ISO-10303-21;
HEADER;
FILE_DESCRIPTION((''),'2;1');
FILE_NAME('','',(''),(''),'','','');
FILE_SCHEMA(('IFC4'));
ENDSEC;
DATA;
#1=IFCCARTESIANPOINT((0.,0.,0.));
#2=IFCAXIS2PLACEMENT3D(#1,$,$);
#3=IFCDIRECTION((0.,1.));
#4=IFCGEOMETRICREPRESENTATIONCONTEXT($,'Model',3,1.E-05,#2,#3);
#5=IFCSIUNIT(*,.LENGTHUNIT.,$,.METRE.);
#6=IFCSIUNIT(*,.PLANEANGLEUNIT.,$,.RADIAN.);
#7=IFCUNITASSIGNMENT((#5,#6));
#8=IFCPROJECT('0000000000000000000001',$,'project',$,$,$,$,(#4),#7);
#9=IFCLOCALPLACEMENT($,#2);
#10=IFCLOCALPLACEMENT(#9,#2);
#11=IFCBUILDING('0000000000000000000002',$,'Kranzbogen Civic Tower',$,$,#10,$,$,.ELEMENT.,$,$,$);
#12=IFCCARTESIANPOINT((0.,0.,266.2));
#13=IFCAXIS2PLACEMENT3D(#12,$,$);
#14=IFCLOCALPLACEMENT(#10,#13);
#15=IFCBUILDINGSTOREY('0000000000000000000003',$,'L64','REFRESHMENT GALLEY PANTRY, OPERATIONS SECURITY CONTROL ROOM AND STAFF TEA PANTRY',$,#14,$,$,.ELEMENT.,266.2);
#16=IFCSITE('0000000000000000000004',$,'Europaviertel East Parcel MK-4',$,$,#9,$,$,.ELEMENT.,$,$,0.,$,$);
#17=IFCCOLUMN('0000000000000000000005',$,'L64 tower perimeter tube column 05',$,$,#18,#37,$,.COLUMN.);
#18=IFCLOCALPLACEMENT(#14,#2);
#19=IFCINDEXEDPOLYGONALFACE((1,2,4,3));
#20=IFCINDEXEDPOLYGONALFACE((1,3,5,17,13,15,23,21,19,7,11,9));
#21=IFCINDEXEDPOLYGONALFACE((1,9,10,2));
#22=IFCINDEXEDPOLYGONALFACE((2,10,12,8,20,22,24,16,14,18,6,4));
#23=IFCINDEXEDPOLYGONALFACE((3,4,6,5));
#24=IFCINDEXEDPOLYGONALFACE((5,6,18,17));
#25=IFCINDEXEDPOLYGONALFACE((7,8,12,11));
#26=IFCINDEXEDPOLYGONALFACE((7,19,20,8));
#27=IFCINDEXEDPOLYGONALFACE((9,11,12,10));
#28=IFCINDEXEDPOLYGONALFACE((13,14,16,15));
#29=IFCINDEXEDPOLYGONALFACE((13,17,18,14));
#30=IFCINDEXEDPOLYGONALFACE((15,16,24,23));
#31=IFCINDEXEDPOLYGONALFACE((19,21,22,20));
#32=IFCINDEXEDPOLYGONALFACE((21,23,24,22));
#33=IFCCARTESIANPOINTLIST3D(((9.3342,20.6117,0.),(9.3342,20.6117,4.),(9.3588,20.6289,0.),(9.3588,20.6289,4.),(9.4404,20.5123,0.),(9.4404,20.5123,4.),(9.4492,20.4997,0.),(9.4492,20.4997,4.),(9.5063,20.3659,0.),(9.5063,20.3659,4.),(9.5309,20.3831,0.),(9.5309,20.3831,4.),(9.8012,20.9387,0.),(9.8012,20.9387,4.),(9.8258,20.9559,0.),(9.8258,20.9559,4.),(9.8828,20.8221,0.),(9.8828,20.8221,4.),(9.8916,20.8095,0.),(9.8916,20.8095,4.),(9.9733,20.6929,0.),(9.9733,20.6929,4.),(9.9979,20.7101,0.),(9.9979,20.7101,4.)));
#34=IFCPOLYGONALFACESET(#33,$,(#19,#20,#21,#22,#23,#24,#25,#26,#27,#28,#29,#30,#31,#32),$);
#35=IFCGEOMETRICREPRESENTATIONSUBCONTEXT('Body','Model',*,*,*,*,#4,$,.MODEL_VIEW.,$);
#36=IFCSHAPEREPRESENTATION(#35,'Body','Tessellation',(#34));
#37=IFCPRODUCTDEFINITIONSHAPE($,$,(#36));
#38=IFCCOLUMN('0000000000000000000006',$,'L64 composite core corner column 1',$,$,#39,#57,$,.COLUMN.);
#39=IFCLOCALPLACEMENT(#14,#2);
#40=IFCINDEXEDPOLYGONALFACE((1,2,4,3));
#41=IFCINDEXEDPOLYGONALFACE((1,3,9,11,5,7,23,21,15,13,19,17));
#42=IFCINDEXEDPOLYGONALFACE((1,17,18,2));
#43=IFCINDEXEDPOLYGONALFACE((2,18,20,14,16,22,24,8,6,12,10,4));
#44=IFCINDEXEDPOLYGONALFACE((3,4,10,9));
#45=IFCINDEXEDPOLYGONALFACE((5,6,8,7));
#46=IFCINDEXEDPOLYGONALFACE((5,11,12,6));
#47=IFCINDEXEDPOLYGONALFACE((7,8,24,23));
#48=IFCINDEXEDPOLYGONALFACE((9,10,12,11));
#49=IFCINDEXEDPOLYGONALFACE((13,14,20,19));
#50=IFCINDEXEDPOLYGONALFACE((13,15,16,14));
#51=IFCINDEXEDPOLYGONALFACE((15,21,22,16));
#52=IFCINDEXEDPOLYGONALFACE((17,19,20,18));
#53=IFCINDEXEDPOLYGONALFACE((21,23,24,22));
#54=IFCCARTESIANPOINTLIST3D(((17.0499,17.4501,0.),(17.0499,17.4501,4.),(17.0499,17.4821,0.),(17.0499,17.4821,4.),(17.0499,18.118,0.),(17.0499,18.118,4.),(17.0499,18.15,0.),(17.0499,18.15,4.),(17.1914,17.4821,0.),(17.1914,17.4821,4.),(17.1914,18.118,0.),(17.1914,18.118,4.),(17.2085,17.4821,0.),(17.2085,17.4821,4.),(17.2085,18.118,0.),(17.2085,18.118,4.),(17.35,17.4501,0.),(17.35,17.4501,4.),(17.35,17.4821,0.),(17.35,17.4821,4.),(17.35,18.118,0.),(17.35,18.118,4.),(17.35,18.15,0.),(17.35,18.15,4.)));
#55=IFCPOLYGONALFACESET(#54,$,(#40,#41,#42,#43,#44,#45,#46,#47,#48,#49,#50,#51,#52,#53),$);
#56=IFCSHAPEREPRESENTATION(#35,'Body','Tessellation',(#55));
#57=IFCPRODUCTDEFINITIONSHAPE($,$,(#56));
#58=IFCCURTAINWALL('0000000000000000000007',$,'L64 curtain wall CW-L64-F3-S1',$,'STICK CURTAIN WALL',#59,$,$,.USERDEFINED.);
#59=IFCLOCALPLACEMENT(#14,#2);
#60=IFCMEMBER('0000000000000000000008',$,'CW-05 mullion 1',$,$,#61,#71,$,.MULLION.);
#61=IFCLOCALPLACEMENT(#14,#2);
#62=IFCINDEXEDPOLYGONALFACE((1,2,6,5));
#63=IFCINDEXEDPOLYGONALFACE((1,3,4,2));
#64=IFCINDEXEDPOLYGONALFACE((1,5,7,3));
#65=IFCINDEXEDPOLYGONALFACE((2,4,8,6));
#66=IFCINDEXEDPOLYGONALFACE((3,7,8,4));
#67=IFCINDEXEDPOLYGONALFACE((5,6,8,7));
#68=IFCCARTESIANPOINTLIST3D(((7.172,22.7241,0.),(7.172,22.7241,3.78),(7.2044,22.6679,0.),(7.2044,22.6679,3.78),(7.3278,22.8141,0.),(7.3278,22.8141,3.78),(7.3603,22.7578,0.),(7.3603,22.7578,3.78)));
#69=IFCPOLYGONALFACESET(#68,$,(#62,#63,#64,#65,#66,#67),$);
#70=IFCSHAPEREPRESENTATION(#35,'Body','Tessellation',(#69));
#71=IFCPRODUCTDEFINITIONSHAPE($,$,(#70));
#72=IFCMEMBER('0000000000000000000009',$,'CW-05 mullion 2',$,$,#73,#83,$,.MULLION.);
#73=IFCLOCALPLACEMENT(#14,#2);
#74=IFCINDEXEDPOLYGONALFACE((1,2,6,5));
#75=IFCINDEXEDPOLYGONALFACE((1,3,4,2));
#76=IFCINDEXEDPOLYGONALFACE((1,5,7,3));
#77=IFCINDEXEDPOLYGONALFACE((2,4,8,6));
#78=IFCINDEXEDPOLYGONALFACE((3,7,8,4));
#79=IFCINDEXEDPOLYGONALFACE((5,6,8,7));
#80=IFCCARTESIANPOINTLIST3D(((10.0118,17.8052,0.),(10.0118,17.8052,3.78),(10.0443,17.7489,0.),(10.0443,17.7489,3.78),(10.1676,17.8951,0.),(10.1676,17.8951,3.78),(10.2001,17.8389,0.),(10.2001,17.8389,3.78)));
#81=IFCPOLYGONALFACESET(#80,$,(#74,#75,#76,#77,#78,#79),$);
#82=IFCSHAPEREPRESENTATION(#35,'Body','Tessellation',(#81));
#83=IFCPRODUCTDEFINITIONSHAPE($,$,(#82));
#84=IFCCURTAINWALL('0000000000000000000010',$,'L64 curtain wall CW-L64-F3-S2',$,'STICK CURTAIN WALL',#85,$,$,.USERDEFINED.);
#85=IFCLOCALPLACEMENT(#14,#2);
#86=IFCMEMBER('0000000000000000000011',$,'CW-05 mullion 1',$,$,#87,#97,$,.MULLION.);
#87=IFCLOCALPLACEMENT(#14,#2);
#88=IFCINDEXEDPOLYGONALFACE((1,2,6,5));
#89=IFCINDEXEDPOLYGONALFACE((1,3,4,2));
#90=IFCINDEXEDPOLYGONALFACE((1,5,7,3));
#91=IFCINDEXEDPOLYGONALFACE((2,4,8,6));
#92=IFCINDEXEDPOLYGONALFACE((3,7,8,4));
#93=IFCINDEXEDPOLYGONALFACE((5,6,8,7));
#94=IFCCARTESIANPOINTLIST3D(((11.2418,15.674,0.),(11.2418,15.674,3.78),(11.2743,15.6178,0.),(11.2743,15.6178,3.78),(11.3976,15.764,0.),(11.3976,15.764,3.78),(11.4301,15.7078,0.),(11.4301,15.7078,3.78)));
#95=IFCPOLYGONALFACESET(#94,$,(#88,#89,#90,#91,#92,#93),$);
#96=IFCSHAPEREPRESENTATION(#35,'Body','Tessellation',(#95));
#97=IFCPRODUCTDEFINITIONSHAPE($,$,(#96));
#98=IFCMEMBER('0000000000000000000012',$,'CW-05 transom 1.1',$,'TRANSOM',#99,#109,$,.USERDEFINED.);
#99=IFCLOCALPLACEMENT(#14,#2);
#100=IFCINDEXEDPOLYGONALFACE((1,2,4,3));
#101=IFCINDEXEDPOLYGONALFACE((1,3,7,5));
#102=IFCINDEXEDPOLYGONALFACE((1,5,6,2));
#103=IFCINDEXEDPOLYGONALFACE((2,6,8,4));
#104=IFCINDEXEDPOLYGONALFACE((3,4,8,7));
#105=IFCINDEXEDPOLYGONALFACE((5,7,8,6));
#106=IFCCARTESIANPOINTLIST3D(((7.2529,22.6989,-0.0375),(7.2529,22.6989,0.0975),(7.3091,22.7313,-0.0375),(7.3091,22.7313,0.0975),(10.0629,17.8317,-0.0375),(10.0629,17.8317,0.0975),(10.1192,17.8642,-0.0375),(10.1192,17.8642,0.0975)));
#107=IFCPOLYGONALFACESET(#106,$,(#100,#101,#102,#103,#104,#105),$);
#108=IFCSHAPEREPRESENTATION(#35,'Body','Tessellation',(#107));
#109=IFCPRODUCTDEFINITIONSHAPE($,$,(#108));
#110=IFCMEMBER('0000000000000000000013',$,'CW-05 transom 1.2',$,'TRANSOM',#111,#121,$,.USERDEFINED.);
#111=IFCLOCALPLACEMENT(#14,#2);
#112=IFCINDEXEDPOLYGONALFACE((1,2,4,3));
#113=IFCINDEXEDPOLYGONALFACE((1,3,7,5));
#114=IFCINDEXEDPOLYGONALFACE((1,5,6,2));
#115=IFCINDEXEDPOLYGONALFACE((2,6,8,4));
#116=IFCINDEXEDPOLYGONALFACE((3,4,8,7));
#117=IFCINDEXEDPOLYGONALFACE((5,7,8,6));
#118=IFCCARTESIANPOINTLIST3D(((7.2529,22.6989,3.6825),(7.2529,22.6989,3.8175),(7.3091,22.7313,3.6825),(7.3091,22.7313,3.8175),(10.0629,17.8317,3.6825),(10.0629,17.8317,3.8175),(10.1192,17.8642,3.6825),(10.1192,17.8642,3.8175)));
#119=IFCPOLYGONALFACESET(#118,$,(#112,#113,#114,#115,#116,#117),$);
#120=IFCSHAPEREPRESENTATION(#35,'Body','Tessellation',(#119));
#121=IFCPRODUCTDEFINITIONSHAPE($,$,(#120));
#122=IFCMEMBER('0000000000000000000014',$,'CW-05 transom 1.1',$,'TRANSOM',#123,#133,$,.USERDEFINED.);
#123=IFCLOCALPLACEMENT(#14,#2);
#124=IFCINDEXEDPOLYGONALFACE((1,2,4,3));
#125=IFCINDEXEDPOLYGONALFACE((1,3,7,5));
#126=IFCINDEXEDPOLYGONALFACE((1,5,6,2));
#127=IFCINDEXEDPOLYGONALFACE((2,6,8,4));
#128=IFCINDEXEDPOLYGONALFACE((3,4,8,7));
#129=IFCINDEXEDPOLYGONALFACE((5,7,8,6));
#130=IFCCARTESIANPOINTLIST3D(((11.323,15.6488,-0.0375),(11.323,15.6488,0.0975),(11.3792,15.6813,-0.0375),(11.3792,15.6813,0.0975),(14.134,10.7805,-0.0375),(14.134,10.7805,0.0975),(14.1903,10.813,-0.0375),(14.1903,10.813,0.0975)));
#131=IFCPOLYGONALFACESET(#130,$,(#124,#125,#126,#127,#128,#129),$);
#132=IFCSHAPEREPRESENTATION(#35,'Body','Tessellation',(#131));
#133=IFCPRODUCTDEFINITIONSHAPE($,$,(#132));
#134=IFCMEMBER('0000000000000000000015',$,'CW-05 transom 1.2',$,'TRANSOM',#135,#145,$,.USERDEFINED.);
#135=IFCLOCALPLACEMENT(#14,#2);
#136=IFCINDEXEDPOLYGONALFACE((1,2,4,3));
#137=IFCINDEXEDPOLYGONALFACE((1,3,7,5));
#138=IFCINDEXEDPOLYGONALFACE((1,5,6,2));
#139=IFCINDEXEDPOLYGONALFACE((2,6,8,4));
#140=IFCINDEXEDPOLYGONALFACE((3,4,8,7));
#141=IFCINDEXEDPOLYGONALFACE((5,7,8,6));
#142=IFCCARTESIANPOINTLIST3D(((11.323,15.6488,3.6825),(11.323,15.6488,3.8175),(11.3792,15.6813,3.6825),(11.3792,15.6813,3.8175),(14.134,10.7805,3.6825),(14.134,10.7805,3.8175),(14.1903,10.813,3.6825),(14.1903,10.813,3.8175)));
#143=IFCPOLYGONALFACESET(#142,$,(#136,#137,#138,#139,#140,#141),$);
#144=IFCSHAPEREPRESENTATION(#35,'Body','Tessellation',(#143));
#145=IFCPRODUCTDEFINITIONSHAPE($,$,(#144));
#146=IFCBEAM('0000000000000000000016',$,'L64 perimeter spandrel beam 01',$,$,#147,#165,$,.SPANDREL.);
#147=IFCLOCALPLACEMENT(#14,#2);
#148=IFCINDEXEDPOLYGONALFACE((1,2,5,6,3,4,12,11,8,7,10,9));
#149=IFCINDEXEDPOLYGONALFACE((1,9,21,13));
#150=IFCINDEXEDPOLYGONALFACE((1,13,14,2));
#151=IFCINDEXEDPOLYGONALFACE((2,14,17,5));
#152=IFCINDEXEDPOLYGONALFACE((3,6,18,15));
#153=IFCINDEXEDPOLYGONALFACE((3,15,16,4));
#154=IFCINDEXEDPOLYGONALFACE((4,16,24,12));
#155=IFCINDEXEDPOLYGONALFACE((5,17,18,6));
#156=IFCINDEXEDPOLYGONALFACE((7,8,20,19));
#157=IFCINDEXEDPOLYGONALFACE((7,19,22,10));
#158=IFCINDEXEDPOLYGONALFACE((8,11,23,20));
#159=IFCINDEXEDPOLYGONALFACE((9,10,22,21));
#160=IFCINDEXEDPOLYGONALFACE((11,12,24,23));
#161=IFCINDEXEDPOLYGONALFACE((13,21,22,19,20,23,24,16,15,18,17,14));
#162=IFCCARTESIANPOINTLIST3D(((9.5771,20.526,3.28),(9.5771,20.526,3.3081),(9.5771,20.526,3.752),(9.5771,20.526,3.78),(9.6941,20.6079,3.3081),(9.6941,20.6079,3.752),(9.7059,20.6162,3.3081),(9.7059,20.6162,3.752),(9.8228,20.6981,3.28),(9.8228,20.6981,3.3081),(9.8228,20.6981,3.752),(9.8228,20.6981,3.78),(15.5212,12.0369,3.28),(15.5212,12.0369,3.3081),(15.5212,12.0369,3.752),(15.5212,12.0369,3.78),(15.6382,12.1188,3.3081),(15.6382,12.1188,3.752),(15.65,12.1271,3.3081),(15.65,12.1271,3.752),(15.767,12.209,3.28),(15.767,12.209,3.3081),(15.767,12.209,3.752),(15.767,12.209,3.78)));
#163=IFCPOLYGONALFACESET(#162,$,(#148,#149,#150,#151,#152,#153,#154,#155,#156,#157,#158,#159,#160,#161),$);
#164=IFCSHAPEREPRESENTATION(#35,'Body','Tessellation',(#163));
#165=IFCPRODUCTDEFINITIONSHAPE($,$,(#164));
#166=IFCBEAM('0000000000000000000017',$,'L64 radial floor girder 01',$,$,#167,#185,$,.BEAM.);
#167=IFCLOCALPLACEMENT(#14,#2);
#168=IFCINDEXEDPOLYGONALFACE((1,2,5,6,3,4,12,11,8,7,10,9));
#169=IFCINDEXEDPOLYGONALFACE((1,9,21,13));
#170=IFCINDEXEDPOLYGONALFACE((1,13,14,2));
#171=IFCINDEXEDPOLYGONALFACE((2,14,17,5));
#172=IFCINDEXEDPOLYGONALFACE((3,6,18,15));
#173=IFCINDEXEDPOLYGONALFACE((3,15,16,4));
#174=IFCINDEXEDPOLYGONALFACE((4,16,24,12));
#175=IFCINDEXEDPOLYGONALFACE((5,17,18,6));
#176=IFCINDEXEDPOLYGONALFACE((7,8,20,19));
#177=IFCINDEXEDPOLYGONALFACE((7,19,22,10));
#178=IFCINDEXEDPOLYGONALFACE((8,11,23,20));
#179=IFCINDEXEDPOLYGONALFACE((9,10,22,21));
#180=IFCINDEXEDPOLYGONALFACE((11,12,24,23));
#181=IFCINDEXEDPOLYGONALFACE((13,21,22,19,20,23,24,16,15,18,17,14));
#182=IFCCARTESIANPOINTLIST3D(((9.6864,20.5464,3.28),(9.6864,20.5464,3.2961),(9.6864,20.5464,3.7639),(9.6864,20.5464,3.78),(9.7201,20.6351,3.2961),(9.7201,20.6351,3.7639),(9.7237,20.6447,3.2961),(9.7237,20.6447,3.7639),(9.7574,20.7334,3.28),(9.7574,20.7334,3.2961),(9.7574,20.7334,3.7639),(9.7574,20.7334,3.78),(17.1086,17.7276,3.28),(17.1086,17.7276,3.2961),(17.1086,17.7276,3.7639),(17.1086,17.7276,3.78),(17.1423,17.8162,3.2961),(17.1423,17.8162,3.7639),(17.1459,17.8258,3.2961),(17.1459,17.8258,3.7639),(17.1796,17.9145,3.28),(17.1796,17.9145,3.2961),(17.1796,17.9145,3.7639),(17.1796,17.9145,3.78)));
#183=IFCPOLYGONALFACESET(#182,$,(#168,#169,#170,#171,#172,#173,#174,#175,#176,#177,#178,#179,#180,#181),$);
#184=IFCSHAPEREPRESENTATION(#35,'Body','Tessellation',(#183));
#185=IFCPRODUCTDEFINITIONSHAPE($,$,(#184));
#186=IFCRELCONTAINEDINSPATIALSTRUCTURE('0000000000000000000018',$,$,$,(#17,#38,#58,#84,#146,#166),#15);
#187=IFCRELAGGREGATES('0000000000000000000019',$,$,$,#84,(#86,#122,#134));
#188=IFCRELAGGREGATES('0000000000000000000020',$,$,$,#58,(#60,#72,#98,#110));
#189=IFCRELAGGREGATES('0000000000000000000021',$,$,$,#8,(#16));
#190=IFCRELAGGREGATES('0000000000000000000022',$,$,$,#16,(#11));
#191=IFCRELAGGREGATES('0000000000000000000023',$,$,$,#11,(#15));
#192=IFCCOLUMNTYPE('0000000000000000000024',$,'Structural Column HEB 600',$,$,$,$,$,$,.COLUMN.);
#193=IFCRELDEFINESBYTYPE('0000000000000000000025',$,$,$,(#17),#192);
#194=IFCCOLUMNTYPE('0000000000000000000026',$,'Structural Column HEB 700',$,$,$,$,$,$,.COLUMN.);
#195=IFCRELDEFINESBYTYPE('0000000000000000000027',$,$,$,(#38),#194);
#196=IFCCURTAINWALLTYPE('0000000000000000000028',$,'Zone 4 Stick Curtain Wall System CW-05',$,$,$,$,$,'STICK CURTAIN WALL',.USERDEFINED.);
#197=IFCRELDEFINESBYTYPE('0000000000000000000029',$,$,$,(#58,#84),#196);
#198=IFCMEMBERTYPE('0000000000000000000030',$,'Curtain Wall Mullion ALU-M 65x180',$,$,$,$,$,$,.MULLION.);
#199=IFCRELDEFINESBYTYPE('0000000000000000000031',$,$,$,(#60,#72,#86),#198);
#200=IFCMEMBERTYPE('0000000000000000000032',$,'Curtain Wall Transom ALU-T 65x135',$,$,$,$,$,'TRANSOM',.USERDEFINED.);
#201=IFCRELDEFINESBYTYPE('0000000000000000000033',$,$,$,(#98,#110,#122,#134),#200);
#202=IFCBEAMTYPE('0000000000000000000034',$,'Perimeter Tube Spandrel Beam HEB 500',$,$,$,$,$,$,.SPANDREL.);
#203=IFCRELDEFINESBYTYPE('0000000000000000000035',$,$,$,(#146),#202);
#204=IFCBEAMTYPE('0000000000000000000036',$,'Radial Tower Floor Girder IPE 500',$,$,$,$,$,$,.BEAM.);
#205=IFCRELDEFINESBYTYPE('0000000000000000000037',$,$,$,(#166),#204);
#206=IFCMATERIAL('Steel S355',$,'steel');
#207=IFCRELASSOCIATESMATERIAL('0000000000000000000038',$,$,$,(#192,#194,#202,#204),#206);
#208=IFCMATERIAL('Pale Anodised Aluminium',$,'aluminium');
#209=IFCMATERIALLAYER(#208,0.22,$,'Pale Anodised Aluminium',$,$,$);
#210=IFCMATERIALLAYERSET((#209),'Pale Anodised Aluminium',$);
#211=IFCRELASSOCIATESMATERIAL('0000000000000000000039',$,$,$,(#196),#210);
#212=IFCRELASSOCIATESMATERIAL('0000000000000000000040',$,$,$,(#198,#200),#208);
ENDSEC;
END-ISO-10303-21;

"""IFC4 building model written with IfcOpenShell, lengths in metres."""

from ifc_helpers import new_model, si_unit, direction, frame, origin, origin_2d, place, context, subcontext, project, spatial, rectangle, i_section, extrude, material, layer, layer_set, material_profile, profile_set, type_object, element, aggregate, save


model = new_model("IFC4")

# Units and contexts
model_context = context("Model", 3, precision=1e-05, world=origin(), true_north=direction((0.0, 1.0)))
body_context = subcontext(model_context, "Body", "Model", "MODEL_VIEW")
ifc_project = project(units=[si_unit("LENGTHUNIT", "METRE"), si_unit("PLANEANGLEUNIT", "RADIAN")], contexts=[model_context])

# Site, building, storey
site_placement = place(None, origin())
site = spatial("IfcSite", under=ifc_project, at=site_placement, Name="Europaviertel East Parcel MK-4", CompositionType="ELEMENT", RefElevation=0.0)
building_placement = place(site_placement, origin())
building = spatial("IfcBuilding", under=site, at=building_placement, Name="Kranzbogen Civic Tower", CompositionType="ELEMENT")
storey_placement = place(building_placement, frame((0.0, 0.0, 266.2)))
storey = spatial("IfcBuildingStorey", under=building, at=storey_placement, Name="L64", Description="REFRESHMENT GALLEY PANTRY, OPERATIONS SECURITY CONTROL ROOM AND STAFF TEA PANTRY", CompositionType="ELEMENT", Elevation=266.2)

# Columns
ifc_material_1 = material(Name="Steel S355", Category="steel")
ifc_material_profile_1 = material_profile(ifc_material_1, i_section(OverallWidth=0.3, OverallDepth=0.6001, WebThickness=0.0154, FlangeThickness=0.03, at=origin_2d()), Name="HEB 600")
ifc_profile_set_1 = profile_set([ifc_material_profile_1], Name="Steel S355")
column_type_1 = type_object("IfcColumnType", Name="Structural Column HEB 600", PredefinedType="COLUMN", material=ifc_profile_set_1)
column_1_placement = place(storey_placement, frame((9.666, 20.6609, 0.0), z_axis=(0.0, 0.0, 1.0), x_axis=(-0.573576, 0.819152, 0.0)))
element("IfcColumn", 1, at=column_1_placement, inside=storey, type_object=column_type_1, Name="L64 tower perimeter tube column 05", PredefinedType="COLUMN", context=body_context, shape_type="SweptSolid", body=[
    extrude(i_section(OverallWidth=0.3, OverallDepth=0.6001, WebThickness=0.0154, FlangeThickness=0.03, at=origin_2d()), origin(), (0.0, 0.0, 1.0), 4.0),
])
ifc_material_profile_2 = material_profile(ifc_material_1, i_section(OverallWidth=0.3, OverallDepth=0.7, WebThickness=0.0171, FlangeThickness=0.032, at=origin_2d()), Name="HEB 700")
ifc_profile_set_2 = profile_set([ifc_material_profile_2], Name="Steel S355")
column_type_2 = type_object("IfcColumnType", Name="Structural Column HEB 700", PredefinedType="COLUMN", material=ifc_profile_set_2)
column_2_placement = place(storey_placement, frame((17.2, 17.8, 0.0), z_axis=(0.0, 0.0, 1.0), x_axis=(1.0, 0.0, 0.0)))
element("IfcColumn", 2, at=column_2_placement, inside=storey, type_object=column_type_2, Name="L64 composite core corner column 1", PredefinedType="COLUMN", context=body_context, shape_type="SweptSolid", body=[
    extrude(i_section(OverallWidth=0.3, OverallDepth=0.7, WebThickness=0.0171, FlangeThickness=0.032, at=origin_2d()), origin(), (0.0, 0.0, 1.0), 4.0),
])

# Curtain wall, members
ifc_material_2 = material(Name="Pale Anodised Aluminium", Category="aluminium")
ifc_layer_1 = layer(ifc_material_2, 0.22, Name="Pale Anodised Aluminium")
ifc_layer_set_1 = layer_set([ifc_layer_1], Name="Pale Anodised Aluminium")
curtain_wall_type = type_object("IfcCurtainWallType", Name="Zone 4 Stick Curtain Wall System CW-05", ElementType="STICK CURTAIN WALL", PredefinedType="USERDEFINED", material=ifc_layer_set_1)
curtain_wall_1_placement = place(storey_placement, origin())
curtain_wall_1 = element("IfcCurtainWall", 3, at=curtain_wall_1_placement, inside=storey, type_object=curtain_wall_type, Name="L64 curtain wall CW-L64-F3-S1", ObjectType="STICK CURTAIN WALL", PredefinedType="USERDEFINED")
ifc_material_profile_3 = material_profile(ifc_material_2, rectangle(XDim=0.0649, YDim=0.1799, at=origin_2d()), Name="ALU-M 65x180")
ifc_profile_set_3 = profile_set([ifc_material_profile_3], Name="Pale Anodised Aluminium")
member_type_1 = type_object("IfcMemberType", Name="Curtain Wall Mullion ALU-M 65x180", PredefinedType="MULLION", material=ifc_profile_set_3)
member_1_placement = place(storey_placement, frame((7.2661, 22.741, 0.0), z_axis=(0.0, 0.0, 1.0), x_axis=(0.499999, -0.866026, 0.0)))
member_1 = element("IfcMember", 4, at=member_1_placement, type_object=member_type_1, Name="CW-05 mullion 1", PredefinedType="MULLION", context=body_context, shape_type="SweptSolid", body=[
    extrude(rectangle(XDim=0.0649, YDim=0.1799, at=origin_2d()), origin(), (0.0, 0.0, 1.0), 3.78),
])
member_2_placement = place(storey_placement, frame((10.106, 17.822, 0.0), z_axis=(0.0, 0.0, 1.0), x_axis=(0.499999, -0.866026, 0.0)))
member_2 = element("IfcMember", 5, at=member_2_placement, type_object=member_type_1, Name="CW-05 mullion 2", PredefinedType="MULLION", context=body_context, shape_type="SweptSolid", body=[
    extrude(rectangle(XDim=0.0649, YDim=0.1799, at=origin_2d()), origin(), (0.0, 0.0, 1.0), 3.78),
])

# Curtain wall, member
curtain_wall_2_placement = place(storey_placement, origin())
curtain_wall_2 = element("IfcCurtainWall", 6, at=curtain_wall_2_placement, inside=storey, type_object=curtain_wall_type, Name="L64 curtain wall CW-L64-F3-S2", ObjectType="STICK CURTAIN WALL", PredefinedType="USERDEFINED")
member_3_placement = place(storey_placement, frame((11.3359, 15.6909, 0.0), z_axis=(0.0, 0.0, 1.0), x_axis=(0.500054, -0.865994, 0.0)))
member_3 = element("IfcMember", 7, at=member_3_placement, type_object=member_type_1, Name="CW-05 mullion 1", PredefinedType="MULLION", context=body_context, shape_type="SweptSolid", body=[
    extrude(rectangle(XDim=0.0649, YDim=0.1799, at=origin_2d()), origin(), (0.0, 0.0, 1.0), 3.78),
])

# Members
ifc_material_profile_4 = material_profile(ifc_material_2, rectangle(XDim=0.0649, YDim=0.135, at=origin_2d()), Name="ALU-T 65x135")
ifc_profile_set_4 = profile_set([ifc_material_profile_4], Name="Pale Anodised Aluminium")
member_type_2 = type_object("IfcMemberType", Name="Curtain Wall Transom ALU-T 65x135", ElementType="TRANSOM", PredefinedType="USERDEFINED", material=ifc_profile_set_4)
member_4_placement = place(storey_placement, frame((7.281, 22.7151, 0.03), z_axis=(0.499998, -0.866026, 0.0), x_axis=(0.866026, 0.499998, 0.0)))
member_4 = element("IfcMember", 8, at=member_4_placement, type_object=member_type_2, Name="CW-05 transom 1.1", ObjectType="TRANSOM", PredefinedType="USERDEFINED", context=body_context, shape_type="SweptSolid", body=[
    extrude(rectangle(XDim=0.0649, YDim=0.135, at=origin_2d()), origin(), (0.0, 0.0, 1.0), 5.6201),
])
member_5_placement = place(storey_placement, frame((7.281, 22.7151, 3.75), z_axis=(0.499998, -0.866026, 0.0), x_axis=(0.866026, 0.499998, 0.0)))
member_5 = element("IfcMember", 9, at=member_5_placement, type_object=member_type_2, Name="CW-05 transom 1.2", ObjectType="TRANSOM", PredefinedType="USERDEFINED", context=body_context, shape_type="SweptSolid", body=[
    extrude(rectangle(XDim=0.0649, YDim=0.135, at=origin_2d()), origin(), (0.0, 0.0, 1.0), 5.6201),
])
member_6_placement = place(storey_placement, frame((11.3511, 15.665, 0.03), z_axis=(0.500053, -0.865995, 0.0), x_axis=(0.865995, 0.500053, 0.0)))
member_6 = element("IfcMember", 10, at=member_6_placement, type_object=member_type_2, Name="CW-05 transom 1.1", ObjectType="TRANSOM", PredefinedType="USERDEFINED", context=body_context, shape_type="SweptSolid", body=[
    extrude(rectangle(XDim=0.0649, YDim=0.135, at=origin_2d()), origin(), (0.0, 0.0, 1.0), 5.6216),
])
member_7_placement = place(storey_placement, frame((11.3511, 15.665, 3.75), z_axis=(0.500053, -0.865995, 0.0), x_axis=(0.865995, 0.500053, 0.0)))
member_7 = element("IfcMember", 11, at=member_7_placement, type_object=member_type_2, Name="CW-05 transom 1.2", ObjectType="TRANSOM", PredefinedType="USERDEFINED", context=body_context, shape_type="SweptSolid", body=[
    extrude(rectangle(XDim=0.0649, YDim=0.135, at=origin_2d()), origin(), (0.0, 0.0, 1.0), 5.6216),
])
aggregate(curtain_wall_2, [member_3, member_6, member_7])

# Beams
ifc_material_profile_5 = material_profile(ifc_material_1, i_section(OverallWidth=0.3, OverallDepth=0.5, WebThickness=0.0144, FlangeThickness=0.0281, at=origin_2d()), Name="HEB 500")
ifc_profile_set_5 = profile_set([ifc_material_profile_5], Name="Steel S355")
beam_type_1 = type_object("IfcBeamType", Name="Perimeter Tube Spandrel Beam HEB 500", PredefinedType="SPANDREL", material=ifc_profile_set_5)
beam_1_placement = place(storey_placement, frame((9.7, 20.6121, 3.53), z_axis=(0.573578, -0.819151, 0.0), x_axis=(0.819151, 0.573578, 0.0)))
element("IfcBeam", 12, at=beam_1_placement, inside=storey, type_object=beam_type_1, Name="L64 perimeter spandrel beam 01", PredefinedType="SPANDREL", context=body_context, shape_type="SweptSolid", body=[
    extrude(i_section(OverallWidth=0.3, OverallDepth=0.5, WebThickness=0.0144, FlangeThickness=0.0281, at=origin_2d()), origin(), (0.0, 0.0, 1.0), 10.3633),
])
ifc_material_profile_6 = material_profile(ifc_material_1, i_section(OverallWidth=0.2, OverallDepth=0.5, WebThickness=0.0103, FlangeThickness=0.0161, at=origin_2d()), Name="IPE 500")
ifc_profile_set_6 = profile_set([ifc_material_profile_6], Name="Steel S355")
beam_type_2 = type_object("IfcBeamType", Name="Radial Tower Floor Girder IPE 500", PredefinedType="BEAM", material=ifc_profile_set_6)
beam_2_placement = place(storey_placement, frame((9.7219, 20.6399, 3.53), z_axis=(0.934849, -0.355046, 0.0), x_axis=(0.355046, 0.934849, 0.0)))
element("IfcBeam", 13, at=beam_2_placement, inside=storey, type_object=beam_type_2, Name="L64 radial floor girder 01", PredefinedType="BEAM", context=body_context, shape_type="SweptSolid", body=[
    extrude(i_section(OverallWidth=0.2, OverallDepth=0.5, WebThickness=0.0103, FlangeThickness=0.0161, at=origin_2d()), origin(), (0.0, 0.0, 1.0), 7.9395),
])

aggregate(curtain_wall_1, [member_1, member_2, member_4, member_5])

save(model, "model.ifc")
